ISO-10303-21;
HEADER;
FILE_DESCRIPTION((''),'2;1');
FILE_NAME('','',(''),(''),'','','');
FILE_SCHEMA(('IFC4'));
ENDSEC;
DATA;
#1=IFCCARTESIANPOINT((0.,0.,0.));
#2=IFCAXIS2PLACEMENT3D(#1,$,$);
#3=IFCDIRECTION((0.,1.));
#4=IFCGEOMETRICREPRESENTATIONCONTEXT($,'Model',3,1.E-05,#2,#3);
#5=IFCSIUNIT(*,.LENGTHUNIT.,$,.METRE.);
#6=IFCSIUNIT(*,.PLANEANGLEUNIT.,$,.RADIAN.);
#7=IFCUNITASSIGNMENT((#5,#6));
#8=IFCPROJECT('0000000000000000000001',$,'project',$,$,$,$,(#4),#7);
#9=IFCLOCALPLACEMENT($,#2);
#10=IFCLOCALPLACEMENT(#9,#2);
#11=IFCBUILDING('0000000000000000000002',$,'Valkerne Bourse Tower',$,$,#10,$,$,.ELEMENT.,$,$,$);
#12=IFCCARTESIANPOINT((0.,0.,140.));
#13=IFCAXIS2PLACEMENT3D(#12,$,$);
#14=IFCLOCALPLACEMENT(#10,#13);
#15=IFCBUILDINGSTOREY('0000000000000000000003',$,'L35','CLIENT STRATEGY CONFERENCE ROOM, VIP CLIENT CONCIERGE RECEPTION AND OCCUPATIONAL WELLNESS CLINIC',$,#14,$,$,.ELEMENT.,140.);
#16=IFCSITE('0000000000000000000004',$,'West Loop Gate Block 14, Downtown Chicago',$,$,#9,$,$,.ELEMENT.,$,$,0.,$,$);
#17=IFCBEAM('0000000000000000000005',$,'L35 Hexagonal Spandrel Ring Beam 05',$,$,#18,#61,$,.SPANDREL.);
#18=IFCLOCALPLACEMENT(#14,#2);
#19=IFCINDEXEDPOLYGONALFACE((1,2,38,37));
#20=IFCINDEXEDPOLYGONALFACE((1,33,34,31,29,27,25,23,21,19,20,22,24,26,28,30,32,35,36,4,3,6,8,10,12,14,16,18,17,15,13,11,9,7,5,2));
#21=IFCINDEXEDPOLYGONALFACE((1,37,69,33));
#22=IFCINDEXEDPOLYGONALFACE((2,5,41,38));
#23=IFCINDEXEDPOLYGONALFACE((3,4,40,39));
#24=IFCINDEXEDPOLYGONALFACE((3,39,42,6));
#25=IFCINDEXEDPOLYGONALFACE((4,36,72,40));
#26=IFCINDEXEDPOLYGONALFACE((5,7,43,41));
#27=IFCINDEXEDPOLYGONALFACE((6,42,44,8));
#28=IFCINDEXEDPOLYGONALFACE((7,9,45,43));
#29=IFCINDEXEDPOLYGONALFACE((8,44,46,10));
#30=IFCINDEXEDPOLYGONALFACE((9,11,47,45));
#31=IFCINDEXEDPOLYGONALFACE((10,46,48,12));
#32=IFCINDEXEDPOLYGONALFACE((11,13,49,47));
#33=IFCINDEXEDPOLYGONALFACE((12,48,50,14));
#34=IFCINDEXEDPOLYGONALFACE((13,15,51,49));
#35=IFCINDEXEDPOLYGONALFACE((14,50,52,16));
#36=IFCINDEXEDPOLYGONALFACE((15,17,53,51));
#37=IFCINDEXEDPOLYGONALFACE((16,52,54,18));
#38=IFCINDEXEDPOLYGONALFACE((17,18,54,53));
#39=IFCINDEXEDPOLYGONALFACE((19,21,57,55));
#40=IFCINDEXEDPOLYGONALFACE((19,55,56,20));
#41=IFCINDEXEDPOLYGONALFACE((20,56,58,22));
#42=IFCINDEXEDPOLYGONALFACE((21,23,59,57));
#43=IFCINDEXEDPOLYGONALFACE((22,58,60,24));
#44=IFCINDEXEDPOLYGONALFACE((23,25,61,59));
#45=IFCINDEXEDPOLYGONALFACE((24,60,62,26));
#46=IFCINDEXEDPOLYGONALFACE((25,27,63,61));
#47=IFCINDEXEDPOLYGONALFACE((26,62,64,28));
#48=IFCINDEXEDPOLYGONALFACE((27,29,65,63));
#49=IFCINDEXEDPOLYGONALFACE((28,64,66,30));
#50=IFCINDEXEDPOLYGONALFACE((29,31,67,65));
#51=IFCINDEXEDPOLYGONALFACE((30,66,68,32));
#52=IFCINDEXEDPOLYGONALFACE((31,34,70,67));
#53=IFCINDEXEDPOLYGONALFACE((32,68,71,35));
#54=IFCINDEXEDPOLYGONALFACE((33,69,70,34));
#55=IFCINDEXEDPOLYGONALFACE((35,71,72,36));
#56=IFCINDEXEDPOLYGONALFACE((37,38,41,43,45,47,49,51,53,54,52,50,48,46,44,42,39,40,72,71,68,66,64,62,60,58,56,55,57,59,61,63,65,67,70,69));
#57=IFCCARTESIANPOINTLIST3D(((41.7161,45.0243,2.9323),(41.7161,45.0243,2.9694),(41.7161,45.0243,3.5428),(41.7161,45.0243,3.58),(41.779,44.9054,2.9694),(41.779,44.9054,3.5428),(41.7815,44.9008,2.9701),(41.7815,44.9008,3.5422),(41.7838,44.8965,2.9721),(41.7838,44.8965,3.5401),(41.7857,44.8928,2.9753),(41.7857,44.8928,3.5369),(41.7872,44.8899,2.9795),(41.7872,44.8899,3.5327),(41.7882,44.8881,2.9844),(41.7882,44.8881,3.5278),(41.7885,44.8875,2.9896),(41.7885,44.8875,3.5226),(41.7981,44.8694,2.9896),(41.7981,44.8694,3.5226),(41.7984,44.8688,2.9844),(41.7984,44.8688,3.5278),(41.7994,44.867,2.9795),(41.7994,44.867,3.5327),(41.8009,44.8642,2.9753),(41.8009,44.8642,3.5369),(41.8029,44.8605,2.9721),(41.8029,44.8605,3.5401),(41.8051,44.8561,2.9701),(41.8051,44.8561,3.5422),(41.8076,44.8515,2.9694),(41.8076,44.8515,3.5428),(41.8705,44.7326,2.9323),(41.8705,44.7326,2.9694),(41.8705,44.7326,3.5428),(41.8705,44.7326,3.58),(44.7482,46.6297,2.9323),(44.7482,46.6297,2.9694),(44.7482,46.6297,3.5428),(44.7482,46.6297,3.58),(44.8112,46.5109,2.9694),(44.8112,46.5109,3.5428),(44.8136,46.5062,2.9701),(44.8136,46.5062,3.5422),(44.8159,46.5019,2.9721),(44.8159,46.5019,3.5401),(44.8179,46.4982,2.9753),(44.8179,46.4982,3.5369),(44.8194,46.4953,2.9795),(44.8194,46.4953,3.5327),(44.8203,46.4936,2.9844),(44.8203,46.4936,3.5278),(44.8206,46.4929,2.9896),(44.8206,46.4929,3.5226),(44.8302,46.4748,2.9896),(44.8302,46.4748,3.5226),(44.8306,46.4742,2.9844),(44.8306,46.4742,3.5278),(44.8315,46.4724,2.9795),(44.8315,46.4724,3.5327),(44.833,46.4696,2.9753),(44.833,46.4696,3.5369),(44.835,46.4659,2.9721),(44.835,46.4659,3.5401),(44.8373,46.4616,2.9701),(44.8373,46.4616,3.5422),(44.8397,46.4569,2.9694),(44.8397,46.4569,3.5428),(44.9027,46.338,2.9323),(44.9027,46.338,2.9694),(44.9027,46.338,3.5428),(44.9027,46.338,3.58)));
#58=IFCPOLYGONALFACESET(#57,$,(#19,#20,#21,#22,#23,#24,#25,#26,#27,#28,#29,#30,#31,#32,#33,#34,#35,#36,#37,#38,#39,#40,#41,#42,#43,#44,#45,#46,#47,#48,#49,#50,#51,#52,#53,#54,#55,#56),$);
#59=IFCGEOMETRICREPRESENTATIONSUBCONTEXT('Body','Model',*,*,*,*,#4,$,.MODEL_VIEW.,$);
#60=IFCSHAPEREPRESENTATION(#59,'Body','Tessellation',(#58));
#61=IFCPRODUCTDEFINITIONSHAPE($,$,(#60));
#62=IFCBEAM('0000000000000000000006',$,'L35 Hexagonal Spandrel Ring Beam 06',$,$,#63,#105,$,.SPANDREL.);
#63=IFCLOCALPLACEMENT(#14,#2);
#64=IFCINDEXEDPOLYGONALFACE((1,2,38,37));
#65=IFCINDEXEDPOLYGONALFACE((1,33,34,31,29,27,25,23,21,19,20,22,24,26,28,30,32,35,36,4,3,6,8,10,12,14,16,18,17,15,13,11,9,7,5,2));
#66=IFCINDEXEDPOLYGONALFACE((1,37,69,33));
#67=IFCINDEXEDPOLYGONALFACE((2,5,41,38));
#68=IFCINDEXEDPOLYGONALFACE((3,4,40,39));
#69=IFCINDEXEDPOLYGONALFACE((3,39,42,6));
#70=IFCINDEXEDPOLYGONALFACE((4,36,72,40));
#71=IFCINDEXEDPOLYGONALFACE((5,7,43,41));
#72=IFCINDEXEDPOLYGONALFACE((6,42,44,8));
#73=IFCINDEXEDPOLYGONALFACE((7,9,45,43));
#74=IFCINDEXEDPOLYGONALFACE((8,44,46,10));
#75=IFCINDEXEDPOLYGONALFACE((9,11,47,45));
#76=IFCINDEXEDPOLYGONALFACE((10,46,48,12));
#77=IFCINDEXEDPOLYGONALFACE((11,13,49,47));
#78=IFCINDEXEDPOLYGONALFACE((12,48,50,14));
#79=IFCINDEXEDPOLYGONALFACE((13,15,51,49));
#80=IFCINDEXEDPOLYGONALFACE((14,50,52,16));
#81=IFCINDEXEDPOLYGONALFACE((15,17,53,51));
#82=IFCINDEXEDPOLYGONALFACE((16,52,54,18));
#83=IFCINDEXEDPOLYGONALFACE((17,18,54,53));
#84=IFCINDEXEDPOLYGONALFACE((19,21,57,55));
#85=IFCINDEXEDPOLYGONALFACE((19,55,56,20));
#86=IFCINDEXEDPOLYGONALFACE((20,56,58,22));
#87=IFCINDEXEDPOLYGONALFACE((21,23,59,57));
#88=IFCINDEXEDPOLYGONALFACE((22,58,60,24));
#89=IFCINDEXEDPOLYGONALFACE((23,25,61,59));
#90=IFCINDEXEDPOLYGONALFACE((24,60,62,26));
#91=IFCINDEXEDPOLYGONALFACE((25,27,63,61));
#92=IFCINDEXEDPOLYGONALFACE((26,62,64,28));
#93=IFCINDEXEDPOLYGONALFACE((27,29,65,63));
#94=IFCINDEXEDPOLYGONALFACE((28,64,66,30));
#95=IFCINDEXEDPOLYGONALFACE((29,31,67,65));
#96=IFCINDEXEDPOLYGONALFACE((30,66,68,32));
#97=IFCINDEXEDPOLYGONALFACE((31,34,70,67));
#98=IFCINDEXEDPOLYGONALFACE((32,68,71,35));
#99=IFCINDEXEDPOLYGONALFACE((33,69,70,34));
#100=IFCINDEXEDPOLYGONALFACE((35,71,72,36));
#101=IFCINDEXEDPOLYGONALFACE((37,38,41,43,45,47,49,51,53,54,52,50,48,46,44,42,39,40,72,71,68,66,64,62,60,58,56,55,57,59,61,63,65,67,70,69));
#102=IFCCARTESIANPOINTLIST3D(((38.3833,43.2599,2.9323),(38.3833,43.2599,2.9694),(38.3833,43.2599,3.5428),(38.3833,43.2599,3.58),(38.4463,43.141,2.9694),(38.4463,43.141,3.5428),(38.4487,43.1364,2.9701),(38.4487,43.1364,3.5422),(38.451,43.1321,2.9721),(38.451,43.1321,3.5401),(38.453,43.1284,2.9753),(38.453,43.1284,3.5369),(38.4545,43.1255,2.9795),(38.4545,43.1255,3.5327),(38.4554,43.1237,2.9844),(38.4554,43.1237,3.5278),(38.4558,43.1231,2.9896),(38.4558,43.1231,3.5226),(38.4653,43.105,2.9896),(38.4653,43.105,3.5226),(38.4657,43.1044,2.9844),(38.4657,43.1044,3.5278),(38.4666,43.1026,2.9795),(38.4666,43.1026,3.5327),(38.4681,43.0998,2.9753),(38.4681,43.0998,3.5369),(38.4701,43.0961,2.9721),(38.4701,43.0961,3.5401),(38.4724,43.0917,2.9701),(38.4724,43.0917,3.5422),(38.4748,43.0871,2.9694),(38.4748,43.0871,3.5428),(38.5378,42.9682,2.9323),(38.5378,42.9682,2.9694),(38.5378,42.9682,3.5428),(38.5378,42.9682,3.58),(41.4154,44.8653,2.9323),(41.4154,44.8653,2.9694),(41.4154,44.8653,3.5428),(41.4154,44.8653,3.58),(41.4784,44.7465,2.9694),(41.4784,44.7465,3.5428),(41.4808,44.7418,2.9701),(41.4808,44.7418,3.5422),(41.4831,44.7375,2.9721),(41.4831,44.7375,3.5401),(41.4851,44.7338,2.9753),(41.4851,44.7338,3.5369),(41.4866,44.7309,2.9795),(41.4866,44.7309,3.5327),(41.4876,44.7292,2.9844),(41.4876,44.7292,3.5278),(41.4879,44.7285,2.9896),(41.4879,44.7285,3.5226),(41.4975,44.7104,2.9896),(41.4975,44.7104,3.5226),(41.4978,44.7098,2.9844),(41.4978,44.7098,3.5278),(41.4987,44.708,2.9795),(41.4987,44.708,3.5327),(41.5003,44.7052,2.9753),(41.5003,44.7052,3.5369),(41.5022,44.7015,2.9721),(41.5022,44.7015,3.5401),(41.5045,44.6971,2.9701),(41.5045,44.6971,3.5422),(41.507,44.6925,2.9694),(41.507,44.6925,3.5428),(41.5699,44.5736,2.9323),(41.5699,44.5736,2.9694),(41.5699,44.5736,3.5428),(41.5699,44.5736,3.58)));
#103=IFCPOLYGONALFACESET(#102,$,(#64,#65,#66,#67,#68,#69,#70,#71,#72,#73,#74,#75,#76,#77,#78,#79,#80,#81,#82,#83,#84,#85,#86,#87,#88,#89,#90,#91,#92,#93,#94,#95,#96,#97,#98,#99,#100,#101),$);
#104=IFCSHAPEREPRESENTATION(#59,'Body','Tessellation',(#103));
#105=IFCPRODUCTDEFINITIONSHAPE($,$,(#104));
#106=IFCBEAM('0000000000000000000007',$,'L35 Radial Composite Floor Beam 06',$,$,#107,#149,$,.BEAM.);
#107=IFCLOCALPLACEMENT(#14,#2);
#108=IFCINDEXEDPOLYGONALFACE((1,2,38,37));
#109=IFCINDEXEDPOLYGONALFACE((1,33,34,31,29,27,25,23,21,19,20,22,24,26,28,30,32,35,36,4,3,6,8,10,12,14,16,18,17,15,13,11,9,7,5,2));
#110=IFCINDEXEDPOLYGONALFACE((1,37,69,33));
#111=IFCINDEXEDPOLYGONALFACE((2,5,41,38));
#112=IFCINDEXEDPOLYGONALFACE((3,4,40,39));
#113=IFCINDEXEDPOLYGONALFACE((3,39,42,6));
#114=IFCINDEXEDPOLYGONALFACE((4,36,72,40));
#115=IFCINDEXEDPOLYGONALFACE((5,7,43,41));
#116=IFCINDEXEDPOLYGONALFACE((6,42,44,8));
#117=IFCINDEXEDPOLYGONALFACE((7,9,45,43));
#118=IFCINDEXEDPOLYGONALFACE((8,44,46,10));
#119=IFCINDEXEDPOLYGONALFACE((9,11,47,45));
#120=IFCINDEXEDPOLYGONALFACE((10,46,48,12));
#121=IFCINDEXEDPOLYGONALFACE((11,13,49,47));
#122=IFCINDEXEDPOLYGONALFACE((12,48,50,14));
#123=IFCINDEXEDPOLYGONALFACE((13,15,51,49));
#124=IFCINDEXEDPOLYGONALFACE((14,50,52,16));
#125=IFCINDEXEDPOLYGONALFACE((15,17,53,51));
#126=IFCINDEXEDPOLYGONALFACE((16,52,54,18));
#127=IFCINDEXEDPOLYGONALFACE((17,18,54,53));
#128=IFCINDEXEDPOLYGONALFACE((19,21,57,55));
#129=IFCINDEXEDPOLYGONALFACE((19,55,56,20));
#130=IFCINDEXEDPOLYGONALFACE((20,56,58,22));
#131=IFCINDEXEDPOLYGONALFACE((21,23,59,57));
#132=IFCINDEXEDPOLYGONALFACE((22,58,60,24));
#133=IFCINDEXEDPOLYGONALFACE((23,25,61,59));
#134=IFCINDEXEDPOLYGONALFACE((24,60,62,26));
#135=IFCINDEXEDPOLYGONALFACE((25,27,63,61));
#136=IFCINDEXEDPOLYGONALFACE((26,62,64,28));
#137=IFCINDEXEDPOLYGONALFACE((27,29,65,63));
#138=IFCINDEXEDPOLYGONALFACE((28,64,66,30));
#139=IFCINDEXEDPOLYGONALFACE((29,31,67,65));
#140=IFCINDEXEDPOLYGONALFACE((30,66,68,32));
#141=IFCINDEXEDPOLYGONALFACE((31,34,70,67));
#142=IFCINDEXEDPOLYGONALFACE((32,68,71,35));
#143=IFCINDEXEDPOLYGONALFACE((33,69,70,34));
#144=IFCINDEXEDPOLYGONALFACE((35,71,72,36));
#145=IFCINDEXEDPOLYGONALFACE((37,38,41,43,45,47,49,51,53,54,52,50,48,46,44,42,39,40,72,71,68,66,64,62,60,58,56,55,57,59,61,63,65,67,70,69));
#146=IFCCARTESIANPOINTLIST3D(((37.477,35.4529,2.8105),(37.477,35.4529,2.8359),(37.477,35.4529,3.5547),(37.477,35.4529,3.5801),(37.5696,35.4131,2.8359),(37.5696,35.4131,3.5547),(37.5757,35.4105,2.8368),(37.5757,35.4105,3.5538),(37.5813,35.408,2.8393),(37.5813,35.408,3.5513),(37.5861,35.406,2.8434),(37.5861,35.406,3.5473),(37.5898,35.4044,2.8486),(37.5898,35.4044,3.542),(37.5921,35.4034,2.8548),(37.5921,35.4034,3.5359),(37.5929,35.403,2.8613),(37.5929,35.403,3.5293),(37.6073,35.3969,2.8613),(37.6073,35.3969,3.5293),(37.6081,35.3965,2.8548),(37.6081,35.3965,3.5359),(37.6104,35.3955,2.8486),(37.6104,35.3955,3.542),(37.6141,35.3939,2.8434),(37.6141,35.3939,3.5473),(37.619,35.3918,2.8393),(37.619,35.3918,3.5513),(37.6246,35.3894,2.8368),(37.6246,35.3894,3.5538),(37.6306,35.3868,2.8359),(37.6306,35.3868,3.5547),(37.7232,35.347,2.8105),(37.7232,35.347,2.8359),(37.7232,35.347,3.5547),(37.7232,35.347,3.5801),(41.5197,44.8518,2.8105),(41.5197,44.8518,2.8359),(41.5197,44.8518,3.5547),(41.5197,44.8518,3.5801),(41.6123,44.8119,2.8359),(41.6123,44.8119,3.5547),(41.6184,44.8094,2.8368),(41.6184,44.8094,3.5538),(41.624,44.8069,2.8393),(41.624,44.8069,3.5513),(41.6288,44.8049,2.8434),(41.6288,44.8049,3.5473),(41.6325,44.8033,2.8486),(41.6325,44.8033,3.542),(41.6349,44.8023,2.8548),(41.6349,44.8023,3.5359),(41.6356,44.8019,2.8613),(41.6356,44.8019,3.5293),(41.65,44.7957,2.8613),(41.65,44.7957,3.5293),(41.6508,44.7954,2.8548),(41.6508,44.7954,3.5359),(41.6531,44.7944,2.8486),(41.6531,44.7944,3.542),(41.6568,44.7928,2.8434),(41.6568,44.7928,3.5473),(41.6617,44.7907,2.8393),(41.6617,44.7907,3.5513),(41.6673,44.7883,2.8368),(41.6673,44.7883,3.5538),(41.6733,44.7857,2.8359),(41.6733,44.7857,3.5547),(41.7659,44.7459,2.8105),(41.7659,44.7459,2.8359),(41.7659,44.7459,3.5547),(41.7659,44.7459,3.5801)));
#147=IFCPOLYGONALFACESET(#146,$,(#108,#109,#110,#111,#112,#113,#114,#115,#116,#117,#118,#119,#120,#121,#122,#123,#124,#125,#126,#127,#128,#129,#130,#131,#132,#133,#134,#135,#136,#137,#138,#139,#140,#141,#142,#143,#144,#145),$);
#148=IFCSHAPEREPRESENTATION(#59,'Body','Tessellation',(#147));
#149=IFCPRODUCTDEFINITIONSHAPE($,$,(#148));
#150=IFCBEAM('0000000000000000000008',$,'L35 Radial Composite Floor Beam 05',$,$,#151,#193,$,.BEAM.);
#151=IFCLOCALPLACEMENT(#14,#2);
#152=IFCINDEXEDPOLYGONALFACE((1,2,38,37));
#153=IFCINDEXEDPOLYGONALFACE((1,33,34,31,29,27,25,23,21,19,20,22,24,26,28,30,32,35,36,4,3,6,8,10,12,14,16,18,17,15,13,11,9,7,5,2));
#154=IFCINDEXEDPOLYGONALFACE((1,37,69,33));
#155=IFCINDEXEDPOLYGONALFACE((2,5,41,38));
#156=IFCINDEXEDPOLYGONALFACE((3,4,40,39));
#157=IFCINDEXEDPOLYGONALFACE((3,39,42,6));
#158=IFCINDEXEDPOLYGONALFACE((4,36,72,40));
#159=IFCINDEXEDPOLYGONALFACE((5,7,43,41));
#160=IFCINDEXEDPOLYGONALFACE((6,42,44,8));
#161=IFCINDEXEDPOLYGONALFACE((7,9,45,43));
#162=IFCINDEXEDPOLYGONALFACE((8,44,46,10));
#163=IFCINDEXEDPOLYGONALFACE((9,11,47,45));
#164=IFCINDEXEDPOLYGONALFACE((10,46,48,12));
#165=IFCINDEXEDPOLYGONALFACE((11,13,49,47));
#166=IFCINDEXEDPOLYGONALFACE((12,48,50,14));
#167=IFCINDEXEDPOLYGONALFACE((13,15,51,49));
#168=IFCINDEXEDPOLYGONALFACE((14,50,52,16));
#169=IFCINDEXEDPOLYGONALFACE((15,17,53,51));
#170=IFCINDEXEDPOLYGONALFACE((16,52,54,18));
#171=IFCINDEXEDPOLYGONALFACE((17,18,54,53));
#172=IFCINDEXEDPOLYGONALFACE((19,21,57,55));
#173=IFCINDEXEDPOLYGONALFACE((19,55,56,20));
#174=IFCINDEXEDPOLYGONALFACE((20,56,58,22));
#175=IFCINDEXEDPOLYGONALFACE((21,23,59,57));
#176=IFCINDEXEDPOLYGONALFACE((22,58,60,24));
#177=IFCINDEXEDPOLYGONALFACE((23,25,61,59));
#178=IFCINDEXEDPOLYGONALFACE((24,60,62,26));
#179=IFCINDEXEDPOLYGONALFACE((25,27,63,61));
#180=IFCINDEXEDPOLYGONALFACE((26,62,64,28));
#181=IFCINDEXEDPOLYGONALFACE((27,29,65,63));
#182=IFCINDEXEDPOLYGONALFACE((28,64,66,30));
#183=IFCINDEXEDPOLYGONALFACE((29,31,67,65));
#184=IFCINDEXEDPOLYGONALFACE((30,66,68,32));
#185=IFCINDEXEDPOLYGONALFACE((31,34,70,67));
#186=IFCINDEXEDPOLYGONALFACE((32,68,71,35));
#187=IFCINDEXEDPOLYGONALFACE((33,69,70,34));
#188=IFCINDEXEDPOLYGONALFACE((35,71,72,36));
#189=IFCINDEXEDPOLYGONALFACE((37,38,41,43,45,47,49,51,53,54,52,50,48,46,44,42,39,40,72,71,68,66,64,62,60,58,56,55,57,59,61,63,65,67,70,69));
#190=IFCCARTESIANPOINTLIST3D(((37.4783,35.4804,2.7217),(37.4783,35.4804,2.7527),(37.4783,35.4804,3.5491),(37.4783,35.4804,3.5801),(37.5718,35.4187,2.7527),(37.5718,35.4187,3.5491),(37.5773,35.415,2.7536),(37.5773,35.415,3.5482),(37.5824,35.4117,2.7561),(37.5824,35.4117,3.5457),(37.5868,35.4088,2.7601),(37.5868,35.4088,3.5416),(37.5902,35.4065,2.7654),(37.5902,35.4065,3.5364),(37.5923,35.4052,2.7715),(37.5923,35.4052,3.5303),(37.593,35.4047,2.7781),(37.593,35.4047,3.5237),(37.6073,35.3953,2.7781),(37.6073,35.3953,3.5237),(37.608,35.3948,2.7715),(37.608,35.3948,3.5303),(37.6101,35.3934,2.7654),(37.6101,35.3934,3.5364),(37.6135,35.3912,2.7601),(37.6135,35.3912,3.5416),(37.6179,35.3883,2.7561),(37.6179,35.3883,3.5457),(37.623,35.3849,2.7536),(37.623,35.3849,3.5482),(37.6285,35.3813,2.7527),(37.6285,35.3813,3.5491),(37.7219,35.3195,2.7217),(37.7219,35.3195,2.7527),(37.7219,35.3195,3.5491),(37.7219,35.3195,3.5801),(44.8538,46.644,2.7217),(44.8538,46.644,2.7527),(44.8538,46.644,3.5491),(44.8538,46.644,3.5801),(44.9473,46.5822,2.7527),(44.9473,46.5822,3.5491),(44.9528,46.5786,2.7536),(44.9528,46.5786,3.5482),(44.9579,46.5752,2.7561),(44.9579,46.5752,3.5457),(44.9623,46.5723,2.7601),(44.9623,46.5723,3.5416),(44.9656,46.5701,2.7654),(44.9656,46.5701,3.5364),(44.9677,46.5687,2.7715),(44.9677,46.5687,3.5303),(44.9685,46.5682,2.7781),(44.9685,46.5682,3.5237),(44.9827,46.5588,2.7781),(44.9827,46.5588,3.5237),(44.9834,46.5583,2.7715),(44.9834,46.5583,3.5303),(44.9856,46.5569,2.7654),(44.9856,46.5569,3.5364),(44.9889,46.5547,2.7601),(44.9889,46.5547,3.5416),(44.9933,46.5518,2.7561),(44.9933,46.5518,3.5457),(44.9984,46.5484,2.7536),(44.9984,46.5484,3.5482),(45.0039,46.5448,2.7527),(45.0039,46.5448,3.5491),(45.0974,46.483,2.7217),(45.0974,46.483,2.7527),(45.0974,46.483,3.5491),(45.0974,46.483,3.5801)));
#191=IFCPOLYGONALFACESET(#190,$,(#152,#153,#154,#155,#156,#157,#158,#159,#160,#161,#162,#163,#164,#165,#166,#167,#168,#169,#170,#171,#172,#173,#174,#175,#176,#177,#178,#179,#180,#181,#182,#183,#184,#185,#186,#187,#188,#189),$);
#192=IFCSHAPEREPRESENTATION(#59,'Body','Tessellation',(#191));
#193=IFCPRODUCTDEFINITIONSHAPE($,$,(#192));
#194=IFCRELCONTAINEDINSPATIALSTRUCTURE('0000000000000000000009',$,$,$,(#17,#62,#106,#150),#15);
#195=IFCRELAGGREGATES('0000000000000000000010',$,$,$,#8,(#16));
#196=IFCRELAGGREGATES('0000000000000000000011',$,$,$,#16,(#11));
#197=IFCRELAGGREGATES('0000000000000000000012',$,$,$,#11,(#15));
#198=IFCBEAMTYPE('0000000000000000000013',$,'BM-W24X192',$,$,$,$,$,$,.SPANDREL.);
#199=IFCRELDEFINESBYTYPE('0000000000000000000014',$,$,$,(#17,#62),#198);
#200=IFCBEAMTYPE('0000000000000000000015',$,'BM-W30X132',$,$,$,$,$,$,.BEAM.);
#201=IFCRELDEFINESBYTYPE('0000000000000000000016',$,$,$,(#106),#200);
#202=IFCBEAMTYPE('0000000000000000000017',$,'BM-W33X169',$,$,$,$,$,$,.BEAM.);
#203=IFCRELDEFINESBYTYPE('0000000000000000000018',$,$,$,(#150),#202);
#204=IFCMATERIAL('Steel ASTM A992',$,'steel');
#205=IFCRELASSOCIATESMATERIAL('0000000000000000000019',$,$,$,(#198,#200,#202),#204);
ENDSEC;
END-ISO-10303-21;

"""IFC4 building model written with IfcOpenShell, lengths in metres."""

from ifc_helpers import new_model, si_unit, direction, frame, origin, origin_2d, place, context, subcontext, project, spatial, i_section, extrude, material, material_profile, profile_set, type_object, element, save


model = new_model("IFC4")

# Units and contexts
model_context = context("Model", 3, precision=1e-05, world=origin(), true_north=direction((0.0, 1.0)))
body_context = subcontext(model_context, "Body", "Model", "MODEL_VIEW")
ifc_project = project(units=[si_unit("LENGTHUNIT", "METRE"), si_unit("PLANEANGLEUNIT", "RADIAN")], contexts=[model_context])

# Site, building, storey
site_placement = place(None, origin())
site = spatial("IfcSite", under=ifc_project, at=site_placement, Name="West Loop Gate Block 14, Downtown Chicago", CompositionType="ELEMENT", RefElevation=0.0)
building_placement = place(site_placement, origin())
building = spatial("IfcBuilding", under=site, at=building_placement, Name="Valkerne Bourse Tower", CompositionType="ELEMENT")
storey_placement = place(building_placement, frame((0.0, 0.0, 140.0)))
storey = spatial("IfcBuildingStorey", under=building, at=storey_placement, Name="L35", Description="CLIENT STRATEGY CONFERENCE ROOM, VIP CLIENT CONCIERGE RECEPTION AND OCCUPATIONAL WELLNESS CLINIC", CompositionType="ELEMENT", Elevation=140.0)

# Beams
ifc_material_1 = material(Name="Steel ASTM A992", Category="steel")
ifc_material_profile_1 = material_profile(ifc_material_1, i_section(OverallWidth=0.3301, OverallDepth=0.6477, WebThickness=0.0205, FlangeThickness=0.0371, FilletRadius=0.0203, at=origin_2d()), Name="W24X192")
ifc_profile_set_1 = profile_set([ifc_material_profile_1], Name="Steel ASTM A992")
beam_type_1 = type_object("IfcBeamType", Name="BM-W24X192", PredefinedType="SPANDREL", material=ifc_profile_set_1)
for number, where, z_axis, x_axis, name in (
    (1, (44.8254, 46.4839, 3.2561), (-0.883767, -0.467927, 0.0), (0.467927, -0.883767, 0.0), "L35 Hexagonal Spandrel Ring Beam 05"),
    (2, (41.4927, 44.7195, 3.2561), (-0.883767, -0.467927, 0.0), (0.467927, -0.883767, 0.0), "L35 Hexagonal Spandrel Ring Beam 06"),
):
    element("IfcBeam", number, at=place(storey_placement, frame(where, z_axis=z_axis, x_axis=x_axis)), inside=storey, type_object=beam_type_1, Name=name, PredefinedType="SPANDREL", context=body_context, shape_type="SweptSolid", body=[
        extrude(i_section(OverallWidth=0.3301, OverallDepth=0.6477, WebThickness=0.0205, FlangeThickness=0.0371, FilletRadius=0.0203, at=origin_2d()), origin(), (0.0, 0.0, 1.0), 3.4309),
    ])
ifc_material_profile_2 = material_profile(ifc_material_1, i_section(OverallWidth=0.2681, OverallDepth=0.7695, WebThickness=0.0156, FlangeThickness=0.0254, FilletRadius=0.0254, at=origin_2d()), Name="W30X132")
ifc_profile_set_2 = profile_set([ifc_material_profile_2], Name="Steel ASTM A992")
beam_type_2 = type_object("IfcBeamType", Name="BM-W30X132", PredefinedType="BEAM", material=ifc_profile_set_2)
beam_1_placement = place(storey_placement, frame((41.6428, 44.7988, 3.1953), z_axis=(-0.395126, -0.918627, 0.0), x_axis=(0.918627, -0.395126, 0.0)))
element("IfcBeam", 3, at=beam_1_placement, inside=storey, type_object=beam_type_2, Name="L35 Radial Composite Floor Beam 06", PredefinedType="BEAM", context=body_context, shape_type="SweptSolid", body=[
    extrude(i_section(OverallWidth=0.2681, OverallDepth=0.7695, WebThickness=0.0156, FlangeThickness=0.0254, FilletRadius=0.0254, at=origin_2d()), origin(), (0.0, 0.0, 1.0), 10.2314),
])
ifc_material_profile_3 = material_profile(ifc_material_1, i_section(OverallWidth=0.292, OverallDepth=0.8584, WebThickness=0.0171, FlangeThickness=0.031, FilletRadius=0.0254, at=origin_2d()), Name="W33X169")
ifc_profile_set_3 = profile_set([ifc_material_profile_3], Name="Steel ASTM A992")
beam_type_3 = type_object("IfcBeamType", Name="BM-W33X169", PredefinedType="BEAM", material=ifc_profile_set_3)
beam_2_placement = place(storey_placement, frame((44.9756, 46.5635, 3.1509), z_axis=(-0.551234, -0.834351, 0.0), x_axis=(0.834351, -0.551234, 0.0)))
element("IfcBeam", 4, at=beam_2_placement, inside=storey, type_object=beam_type_3, Name="L35 Radial Composite Floor Beam 05", PredefinedType="BEAM", context=body_context, shape_type="SweptSolid", body=[
    extrude(i_section(OverallWidth=0.292, OverallDepth=0.8584, WebThickness=0.0171, FlangeThickness=0.031, FilletRadius=0.0254, at=origin_2d()), origin(), (0.0, 0.0, 1.0), 13.3799),
])

save(model, "model.ifc")
